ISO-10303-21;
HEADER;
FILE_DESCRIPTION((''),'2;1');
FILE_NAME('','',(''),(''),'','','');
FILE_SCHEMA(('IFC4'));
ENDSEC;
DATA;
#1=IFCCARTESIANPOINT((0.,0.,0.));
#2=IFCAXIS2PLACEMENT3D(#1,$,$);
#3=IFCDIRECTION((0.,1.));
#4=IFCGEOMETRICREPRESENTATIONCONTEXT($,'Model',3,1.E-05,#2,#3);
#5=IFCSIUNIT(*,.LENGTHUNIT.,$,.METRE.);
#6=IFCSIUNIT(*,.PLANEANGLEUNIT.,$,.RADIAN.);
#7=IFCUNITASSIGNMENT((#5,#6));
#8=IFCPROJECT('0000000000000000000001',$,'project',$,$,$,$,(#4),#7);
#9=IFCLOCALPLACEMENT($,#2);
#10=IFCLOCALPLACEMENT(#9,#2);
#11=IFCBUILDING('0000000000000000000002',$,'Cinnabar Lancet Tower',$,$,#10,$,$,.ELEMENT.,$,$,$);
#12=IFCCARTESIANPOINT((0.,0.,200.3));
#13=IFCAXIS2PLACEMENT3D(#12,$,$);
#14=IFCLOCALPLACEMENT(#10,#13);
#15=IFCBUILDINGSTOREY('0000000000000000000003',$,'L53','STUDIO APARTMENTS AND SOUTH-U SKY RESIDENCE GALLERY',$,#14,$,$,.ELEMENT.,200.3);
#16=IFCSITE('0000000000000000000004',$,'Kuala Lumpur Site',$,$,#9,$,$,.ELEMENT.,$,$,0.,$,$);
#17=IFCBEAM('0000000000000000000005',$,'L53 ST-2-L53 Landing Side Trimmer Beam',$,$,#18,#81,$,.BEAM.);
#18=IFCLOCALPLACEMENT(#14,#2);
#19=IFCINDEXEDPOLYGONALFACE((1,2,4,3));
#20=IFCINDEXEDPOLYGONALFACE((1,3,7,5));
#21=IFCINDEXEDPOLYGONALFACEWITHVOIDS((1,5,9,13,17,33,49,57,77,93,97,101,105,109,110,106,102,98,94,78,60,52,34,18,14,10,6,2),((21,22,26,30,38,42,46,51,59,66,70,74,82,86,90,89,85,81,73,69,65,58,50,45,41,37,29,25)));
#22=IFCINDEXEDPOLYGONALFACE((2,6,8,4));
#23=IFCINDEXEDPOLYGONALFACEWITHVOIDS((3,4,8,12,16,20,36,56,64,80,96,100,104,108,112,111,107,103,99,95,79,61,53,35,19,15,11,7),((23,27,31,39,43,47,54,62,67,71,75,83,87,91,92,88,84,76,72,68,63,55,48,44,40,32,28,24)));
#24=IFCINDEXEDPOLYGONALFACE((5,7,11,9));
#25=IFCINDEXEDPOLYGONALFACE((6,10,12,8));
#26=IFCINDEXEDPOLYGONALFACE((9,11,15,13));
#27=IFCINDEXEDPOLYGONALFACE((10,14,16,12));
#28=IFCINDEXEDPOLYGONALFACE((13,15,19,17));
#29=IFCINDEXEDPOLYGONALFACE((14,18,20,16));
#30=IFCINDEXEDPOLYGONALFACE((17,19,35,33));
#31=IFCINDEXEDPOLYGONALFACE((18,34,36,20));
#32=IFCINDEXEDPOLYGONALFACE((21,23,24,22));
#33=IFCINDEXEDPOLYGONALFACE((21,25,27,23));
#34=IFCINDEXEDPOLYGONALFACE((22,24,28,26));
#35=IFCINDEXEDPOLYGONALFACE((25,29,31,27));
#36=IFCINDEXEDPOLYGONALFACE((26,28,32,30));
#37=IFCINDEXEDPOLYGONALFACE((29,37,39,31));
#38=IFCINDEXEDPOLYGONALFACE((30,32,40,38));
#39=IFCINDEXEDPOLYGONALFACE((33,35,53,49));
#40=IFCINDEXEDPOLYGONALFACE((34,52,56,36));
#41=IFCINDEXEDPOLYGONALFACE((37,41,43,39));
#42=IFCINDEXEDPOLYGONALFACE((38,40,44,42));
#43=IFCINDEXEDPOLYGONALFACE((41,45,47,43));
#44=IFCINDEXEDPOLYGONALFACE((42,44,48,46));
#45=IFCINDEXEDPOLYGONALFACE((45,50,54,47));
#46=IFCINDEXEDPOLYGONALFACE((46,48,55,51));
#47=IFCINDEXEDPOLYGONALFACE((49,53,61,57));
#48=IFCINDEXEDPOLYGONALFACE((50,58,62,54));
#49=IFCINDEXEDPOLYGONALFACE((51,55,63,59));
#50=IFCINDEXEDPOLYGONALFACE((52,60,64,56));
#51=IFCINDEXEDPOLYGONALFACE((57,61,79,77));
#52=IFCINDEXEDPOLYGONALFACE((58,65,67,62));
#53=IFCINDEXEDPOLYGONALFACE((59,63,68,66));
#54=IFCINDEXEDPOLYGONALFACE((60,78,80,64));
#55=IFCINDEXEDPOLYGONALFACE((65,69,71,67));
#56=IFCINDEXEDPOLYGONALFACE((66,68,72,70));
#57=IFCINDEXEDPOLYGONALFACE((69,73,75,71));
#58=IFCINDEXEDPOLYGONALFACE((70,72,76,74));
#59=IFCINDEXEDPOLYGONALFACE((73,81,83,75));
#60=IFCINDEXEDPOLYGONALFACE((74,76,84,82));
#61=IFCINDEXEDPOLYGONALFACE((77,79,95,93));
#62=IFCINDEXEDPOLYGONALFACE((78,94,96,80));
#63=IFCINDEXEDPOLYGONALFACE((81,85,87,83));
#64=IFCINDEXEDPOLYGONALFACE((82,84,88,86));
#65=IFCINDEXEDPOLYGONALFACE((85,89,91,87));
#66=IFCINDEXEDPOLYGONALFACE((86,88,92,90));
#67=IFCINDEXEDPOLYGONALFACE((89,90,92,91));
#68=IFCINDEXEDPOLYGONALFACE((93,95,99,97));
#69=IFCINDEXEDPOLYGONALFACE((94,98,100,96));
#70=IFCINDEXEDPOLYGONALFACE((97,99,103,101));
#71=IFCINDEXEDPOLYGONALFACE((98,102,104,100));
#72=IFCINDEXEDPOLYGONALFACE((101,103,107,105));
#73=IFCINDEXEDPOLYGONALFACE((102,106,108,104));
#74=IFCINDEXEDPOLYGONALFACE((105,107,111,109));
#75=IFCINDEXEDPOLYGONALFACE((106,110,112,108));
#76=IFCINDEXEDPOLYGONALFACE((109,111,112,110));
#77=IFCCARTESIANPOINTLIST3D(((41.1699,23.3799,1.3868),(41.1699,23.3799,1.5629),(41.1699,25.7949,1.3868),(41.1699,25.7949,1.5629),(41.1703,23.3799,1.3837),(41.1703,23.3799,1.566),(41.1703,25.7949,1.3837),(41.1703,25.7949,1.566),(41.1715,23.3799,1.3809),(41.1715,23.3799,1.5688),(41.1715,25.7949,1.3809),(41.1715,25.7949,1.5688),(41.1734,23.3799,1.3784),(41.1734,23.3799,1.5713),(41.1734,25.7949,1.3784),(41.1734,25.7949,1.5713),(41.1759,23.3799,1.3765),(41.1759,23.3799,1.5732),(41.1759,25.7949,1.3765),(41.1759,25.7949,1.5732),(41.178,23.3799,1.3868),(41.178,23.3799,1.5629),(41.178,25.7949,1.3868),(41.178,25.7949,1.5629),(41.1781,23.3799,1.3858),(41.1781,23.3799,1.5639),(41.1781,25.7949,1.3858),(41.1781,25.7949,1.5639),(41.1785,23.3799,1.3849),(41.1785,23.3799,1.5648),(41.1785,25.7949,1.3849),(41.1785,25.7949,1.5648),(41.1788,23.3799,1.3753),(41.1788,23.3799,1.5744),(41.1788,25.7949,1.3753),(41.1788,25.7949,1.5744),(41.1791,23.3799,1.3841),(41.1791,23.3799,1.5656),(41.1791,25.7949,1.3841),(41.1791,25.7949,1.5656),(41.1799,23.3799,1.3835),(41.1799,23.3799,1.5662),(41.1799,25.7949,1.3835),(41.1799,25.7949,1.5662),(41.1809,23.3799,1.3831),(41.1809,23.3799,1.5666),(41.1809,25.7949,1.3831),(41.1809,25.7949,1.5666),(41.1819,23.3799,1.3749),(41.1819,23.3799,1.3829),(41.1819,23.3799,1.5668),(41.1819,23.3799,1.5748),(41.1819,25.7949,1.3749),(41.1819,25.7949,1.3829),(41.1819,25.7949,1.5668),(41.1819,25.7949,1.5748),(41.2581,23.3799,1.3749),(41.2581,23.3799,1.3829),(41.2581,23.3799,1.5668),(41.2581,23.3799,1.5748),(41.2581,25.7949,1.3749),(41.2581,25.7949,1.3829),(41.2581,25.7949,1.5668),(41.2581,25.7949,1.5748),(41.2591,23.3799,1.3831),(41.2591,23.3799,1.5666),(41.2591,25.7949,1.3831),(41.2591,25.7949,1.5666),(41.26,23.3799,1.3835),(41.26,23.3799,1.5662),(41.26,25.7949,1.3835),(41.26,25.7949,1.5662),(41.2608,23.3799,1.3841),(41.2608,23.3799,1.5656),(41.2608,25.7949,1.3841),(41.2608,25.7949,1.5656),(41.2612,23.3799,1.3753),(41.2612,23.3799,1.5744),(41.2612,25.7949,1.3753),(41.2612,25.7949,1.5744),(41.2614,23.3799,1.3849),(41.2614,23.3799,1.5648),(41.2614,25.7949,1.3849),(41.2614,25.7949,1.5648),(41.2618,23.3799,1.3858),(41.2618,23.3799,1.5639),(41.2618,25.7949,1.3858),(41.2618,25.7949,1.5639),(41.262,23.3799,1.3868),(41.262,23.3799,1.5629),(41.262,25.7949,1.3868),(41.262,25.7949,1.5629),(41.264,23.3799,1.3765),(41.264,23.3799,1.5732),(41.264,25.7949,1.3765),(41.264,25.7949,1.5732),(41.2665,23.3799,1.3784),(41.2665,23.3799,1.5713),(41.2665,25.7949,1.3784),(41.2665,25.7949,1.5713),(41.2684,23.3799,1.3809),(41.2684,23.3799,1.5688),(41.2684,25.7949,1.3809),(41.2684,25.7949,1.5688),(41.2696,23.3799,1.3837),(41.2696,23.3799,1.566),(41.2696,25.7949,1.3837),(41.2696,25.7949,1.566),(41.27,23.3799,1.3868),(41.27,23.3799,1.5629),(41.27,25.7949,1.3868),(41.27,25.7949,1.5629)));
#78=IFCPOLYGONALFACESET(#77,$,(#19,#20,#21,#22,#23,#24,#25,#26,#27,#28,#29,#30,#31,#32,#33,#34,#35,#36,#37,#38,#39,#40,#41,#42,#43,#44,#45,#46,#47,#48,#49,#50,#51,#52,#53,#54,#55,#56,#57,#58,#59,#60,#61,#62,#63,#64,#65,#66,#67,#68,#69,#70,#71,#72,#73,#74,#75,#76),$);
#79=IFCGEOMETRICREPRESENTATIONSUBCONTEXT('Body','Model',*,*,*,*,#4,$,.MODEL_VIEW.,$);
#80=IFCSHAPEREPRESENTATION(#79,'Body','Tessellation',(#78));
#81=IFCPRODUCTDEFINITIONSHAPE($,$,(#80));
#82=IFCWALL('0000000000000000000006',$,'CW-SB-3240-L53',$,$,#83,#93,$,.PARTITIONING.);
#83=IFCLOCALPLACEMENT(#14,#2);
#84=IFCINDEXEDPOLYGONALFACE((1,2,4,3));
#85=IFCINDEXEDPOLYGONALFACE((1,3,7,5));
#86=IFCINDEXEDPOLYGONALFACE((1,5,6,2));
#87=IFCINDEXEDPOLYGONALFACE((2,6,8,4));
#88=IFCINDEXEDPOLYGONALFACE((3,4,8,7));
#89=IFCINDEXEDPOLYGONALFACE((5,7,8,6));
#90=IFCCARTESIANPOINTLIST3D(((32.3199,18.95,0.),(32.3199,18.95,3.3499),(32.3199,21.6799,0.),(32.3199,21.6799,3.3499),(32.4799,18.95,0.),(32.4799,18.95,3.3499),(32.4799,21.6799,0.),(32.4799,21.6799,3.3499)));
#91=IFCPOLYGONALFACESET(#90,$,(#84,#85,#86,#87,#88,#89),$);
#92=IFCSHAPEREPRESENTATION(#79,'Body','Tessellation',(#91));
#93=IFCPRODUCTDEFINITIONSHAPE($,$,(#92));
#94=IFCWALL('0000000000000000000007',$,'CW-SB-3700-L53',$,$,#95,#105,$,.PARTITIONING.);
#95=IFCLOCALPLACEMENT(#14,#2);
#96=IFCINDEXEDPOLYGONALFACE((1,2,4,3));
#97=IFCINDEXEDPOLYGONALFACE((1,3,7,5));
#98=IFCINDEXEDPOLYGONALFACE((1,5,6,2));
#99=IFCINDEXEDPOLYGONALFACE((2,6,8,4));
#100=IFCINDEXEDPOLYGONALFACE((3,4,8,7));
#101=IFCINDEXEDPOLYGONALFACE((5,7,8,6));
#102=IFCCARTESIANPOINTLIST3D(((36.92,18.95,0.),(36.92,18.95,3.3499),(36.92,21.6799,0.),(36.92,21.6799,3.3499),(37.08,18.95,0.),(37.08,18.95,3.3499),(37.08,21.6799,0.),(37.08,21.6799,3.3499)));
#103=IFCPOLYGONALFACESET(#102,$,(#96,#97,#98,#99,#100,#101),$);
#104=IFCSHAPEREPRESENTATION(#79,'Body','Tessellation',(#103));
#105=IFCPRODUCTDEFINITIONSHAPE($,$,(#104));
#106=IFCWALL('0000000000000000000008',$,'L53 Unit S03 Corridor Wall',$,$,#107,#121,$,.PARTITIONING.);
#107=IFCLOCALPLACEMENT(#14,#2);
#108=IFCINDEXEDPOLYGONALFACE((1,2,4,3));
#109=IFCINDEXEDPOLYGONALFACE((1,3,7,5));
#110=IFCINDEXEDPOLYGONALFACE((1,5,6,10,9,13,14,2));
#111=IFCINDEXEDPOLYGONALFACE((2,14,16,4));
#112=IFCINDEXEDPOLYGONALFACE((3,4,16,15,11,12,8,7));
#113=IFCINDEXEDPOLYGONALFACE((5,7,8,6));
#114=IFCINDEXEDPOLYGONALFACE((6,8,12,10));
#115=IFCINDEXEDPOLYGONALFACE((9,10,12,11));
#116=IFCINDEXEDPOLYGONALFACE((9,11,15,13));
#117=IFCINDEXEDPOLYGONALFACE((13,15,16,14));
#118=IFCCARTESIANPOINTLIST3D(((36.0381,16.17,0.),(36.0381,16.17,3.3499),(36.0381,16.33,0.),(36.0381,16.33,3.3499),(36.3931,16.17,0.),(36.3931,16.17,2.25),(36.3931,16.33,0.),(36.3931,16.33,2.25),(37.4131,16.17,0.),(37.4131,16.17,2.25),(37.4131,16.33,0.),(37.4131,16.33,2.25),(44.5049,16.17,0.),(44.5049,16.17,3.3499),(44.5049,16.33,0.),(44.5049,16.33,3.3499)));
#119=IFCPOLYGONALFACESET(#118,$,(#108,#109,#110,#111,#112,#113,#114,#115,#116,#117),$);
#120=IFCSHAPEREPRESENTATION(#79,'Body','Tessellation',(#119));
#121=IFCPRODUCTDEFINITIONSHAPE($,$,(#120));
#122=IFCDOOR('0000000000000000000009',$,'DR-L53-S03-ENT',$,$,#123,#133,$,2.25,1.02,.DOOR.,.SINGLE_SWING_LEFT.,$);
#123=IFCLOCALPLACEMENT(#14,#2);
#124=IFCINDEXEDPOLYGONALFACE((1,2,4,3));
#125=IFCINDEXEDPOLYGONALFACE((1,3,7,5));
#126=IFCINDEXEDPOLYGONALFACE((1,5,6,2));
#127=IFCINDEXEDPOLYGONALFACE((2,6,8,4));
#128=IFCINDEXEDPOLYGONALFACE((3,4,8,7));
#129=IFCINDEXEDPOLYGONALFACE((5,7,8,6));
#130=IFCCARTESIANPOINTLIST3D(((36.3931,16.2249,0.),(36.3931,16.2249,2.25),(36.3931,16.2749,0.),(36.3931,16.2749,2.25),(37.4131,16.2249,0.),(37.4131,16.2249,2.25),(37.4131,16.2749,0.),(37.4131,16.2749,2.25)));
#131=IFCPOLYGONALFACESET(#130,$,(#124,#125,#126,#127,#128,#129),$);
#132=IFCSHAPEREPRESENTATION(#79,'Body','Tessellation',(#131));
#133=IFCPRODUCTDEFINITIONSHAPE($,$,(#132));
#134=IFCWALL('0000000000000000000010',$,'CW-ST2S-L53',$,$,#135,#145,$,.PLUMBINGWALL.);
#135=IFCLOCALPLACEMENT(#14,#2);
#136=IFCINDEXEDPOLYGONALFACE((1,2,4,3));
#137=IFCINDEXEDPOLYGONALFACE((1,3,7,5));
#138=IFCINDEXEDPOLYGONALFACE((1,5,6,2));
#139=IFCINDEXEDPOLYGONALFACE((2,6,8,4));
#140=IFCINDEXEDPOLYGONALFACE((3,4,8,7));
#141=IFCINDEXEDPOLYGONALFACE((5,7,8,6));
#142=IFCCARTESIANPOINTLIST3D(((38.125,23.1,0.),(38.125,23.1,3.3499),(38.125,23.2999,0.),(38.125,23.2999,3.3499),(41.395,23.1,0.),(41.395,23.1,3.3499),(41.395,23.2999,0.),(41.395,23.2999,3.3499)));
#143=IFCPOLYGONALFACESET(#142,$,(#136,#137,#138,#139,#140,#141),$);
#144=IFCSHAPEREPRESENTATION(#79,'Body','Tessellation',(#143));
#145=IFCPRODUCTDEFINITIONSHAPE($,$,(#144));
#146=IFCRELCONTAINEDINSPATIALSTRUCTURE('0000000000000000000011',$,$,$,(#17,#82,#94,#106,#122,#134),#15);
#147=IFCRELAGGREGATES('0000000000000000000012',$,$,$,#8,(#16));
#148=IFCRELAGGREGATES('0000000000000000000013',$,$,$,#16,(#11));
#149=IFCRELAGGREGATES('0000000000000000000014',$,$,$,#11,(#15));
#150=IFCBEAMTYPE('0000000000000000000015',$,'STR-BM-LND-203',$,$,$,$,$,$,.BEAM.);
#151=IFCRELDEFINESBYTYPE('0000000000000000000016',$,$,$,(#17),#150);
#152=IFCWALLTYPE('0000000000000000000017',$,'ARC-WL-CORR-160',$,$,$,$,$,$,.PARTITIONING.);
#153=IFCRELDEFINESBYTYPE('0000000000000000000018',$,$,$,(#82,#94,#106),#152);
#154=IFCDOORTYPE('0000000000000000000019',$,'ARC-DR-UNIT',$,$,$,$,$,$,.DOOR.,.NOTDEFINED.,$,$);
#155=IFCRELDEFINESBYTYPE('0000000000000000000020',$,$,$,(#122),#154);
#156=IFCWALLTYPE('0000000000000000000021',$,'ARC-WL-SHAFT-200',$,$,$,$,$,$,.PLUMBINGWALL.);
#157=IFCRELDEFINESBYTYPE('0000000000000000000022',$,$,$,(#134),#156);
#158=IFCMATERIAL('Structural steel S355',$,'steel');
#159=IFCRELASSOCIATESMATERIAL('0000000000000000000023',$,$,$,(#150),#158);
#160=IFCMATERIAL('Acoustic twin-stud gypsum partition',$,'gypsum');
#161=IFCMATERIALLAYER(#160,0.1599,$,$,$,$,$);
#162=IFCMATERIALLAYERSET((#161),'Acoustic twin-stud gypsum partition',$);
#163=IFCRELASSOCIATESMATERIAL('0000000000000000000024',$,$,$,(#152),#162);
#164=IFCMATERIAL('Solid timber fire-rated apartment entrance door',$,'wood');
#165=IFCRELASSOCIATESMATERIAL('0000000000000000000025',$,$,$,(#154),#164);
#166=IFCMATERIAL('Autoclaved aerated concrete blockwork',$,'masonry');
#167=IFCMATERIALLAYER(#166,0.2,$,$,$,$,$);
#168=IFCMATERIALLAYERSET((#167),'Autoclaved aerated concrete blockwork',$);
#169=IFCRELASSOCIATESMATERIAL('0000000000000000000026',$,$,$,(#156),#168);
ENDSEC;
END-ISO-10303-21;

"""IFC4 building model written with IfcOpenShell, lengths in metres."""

from ifc_helpers import new_model, si_unit, direction, frame, frame_2d, origin, origin_2d, place, context, subcontext, project, spatial, rectangle, hollow_rectangle, extrude, material, layer, layer_set, material_profile, profile_set, type_object, element, fill, save


model = new_model("IFC4")

# Units and contexts
model_context = context("Model", 3, precision=1e-05, world=origin(), true_north=direction((0.0, 1.0)))
body_context = subcontext(model_context, "Body", "Model", "MODEL_VIEW")
ifc_project = project(units=[si_unit("LENGTHUNIT", "METRE"), si_unit("PLANEANGLEUNIT", "RADIAN")], contexts=[model_context])

# Site, building, storey
site_placement = place(None, origin())
site = spatial("IfcSite", under=ifc_project, at=site_placement, Name="Kuala Lumpur Site", CompositionType="ELEMENT", RefElevation=0.0)
building_placement = place(site_placement, origin())
building = spatial("IfcBuilding", under=site, at=building_placement, Name="Cinnabar Lancet Tower", CompositionType="ELEMENT")
storey_placement = place(building_placement, frame((0.0, 0.0, 200.3)))
storey = spatial("IfcBuildingStorey", under=building, at=storey_placement, Name="L53", Description="STUDIO APARTMENTS AND SOUTH-U SKY RESIDENCE GALLERY", CompositionType="ELEMENT", Elevation=200.3)

# Beam
ifc_material_1 = material(Name="Structural steel S355", Category="steel")
ifc_material_profile_1 = material_profile(ifc_material_1, hollow_rectangle(XDim=0.1001, YDim=0.2, WallThickness=0.0081, InnerFilletRadius=0.0039, OuterFilletRadius=0.012, at=origin_2d()), Name="RHS 200x100x8")
ifc_profile_set_1 = profile_set([ifc_material_profile_1], Name="Structural steel S355")
beam_type_1 = type_object("IfcBeamType", Name="STR-BM-LND-203", PredefinedType="BEAM", material=ifc_profile_set_1)
beam_1_placement = place(storey_placement, frame((41.22, 23.3799, 1.4749), z_axis=(0.0, 1.0, 0.0), x_axis=(-1.0, 0.0, 0.0)))
element("IfcBeam", 1, at=beam_1_placement, inside=storey, type_object=beam_type_1, Name="L53 ST-2-L53 Landing Side Trimmer Beam", PredefinedType="BEAM", context=body_context, shape_type="SweptSolid", body=[
    extrude(hollow_rectangle(XDim=0.1001, YDim=0.2, WallThickness=0.0081, InnerFilletRadius=0.0039, OuterFilletRadius=0.012, at=origin_2d()), origin(), (0.0, 0.0, 1.0), 2.415),
])

# Walls
ifc_material_2 = material(Name="Acoustic twin-stud gypsum partition", Category="gypsum")
ifc_layer_1 = layer(ifc_material_2, 0.1599)
ifc_layer_set_1 = layer_set([ifc_layer_1], Name="Acoustic twin-stud gypsum partition")
wall_type_1 = type_object("IfcWallType", Name="ARC-WL-CORR-160", PredefinedType="PARTITIONING", material=ifc_layer_set_1)
for number, where, z_axis, x_axis, name in (
    (2, (32.3999, 18.95, 0.0), (0.0, 0.0, 1.0), (0.0, 1.0, 0.0), "CW-SB-3240-L53"),
    (3, (37.0, 18.95, 0.0), (0.0, 0.0, 1.0), (0.0, 1.0, 0.0), "CW-SB-3700-L53"),
):
    element("IfcWall", number, at=place(storey_placement, frame(where, z_axis=z_axis, x_axis=x_axis)), inside=storey, type_object=wall_type_1, Name=name, PredefinedType="PARTITIONING", context=body_context, shape_type="SweptSolid", body=[
        extrude(rectangle(XDim=2.73, YDim=0.1599, at=frame_2d((1.365, 0.0))), origin(), (0.0, 0.0, 1.0), 3.3499),
    ])

# Wall, opening, door
wall_1_placement = place(storey_placement, frame((36.0381, 16.25, 0.0), z_axis=(0.0, 0.0, 1.0), x_axis=(1.0, 0.0, 0.0)))
wall_1 = element("IfcWall", 4, at=wall_1_placement, inside=storey, type_object=wall_type_1, Name="L53 Unit S03 Corridor Wall", PredefinedType="PARTITIONING", context=body_context, shape_type="SweptSolid", body=[
    extrude(rectangle(XDim=8.4668, YDim=0.1599, at=frame_2d((4.2334, 0.0))), origin(), (0.0, 0.0, 1.0), 3.3499),
])
opening_1_placement = place(wall_1_placement, frame((0.355, 0.0, 0.0)))
opening_1 = element("IfcOpeningElement", 5, at=opening_1_placement, cuts=wall_1, PredefinedType="OPENING", context=body_context, shape_type="SweptSolid", body=[
    extrude(rectangle(XDim=1.02, YDim=2.25, at=frame_2d((0.51, 1.125))), frame((0.0, 0.0898, 0.0), z_axis=(0.0, -1.0, 0.0), x_axis=(1.0, 0.0, 0.0)), (0.0, 0.0, 1.0), 0.1799),
])
ifc_material_3 = material(Name="Solid timber fire-rated apartment entrance door", Category="wood")
door_type_1 = type_object("IfcDoorType", Name="ARC-DR-UNIT", OperationType="NOTDEFINED", PredefinedType="DOOR", material=ifc_material_3)
door_1_placement = place(opening_1_placement, origin())
door_1 = element("IfcDoor", 6, at=door_1_placement, inside=storey, type_object=door_type_1, Name="DR-L53-S03-ENT", OperationType="SINGLE_SWING_LEFT", OverallHeight=2.25, OverallWidth=1.02, PredefinedType="DOOR", context=body_context, shape_type="SweptSolid", body=[
    extrude(rectangle(XDim=1.02, YDim=2.25, at=frame_2d((0.51, 1.125))), frame((0.0, 0.0249, 0.0), z_axis=(0.0, -1.0, 0.0), x_axis=(1.0, 0.0, 0.0)), (0.0, 0.0, 1.0), 0.05),
])
fill(opening_1, door_1)

# Wall
ifc_material_4 = material(Name="Autoclaved aerated concrete blockwork", Category="masonry")
ifc_layer_2 = layer(ifc_material_4, 0.2)
ifc_layer_set_2 = layer_set([ifc_layer_2], Name="Autoclaved aerated concrete blockwork")
wall_type_2 = type_object("IfcWallType", Name="ARC-WL-SHAFT-200", PredefinedType="PLUMBINGWALL", material=ifc_layer_set_2)
wall_2_placement = place(storey_placement, frame((38.125, 23.2, 0.0), z_axis=(0.0, 0.0, 1.0), x_axis=(1.0, 0.0, 0.0)))
element("IfcWall", 7, at=wall_2_placement, inside=storey, type_object=wall_type_2, Name="CW-ST2S-L53", PredefinedType="PLUMBINGWALL", context=body_context, shape_type="SweptSolid", body=[
    extrude(rectangle(XDim=3.27, YDim=0.2, at=frame_2d((1.635, 0.0))), origin(), (0.0, 0.0, 1.0), 3.3499),
])

save(model, "model.ifc")
